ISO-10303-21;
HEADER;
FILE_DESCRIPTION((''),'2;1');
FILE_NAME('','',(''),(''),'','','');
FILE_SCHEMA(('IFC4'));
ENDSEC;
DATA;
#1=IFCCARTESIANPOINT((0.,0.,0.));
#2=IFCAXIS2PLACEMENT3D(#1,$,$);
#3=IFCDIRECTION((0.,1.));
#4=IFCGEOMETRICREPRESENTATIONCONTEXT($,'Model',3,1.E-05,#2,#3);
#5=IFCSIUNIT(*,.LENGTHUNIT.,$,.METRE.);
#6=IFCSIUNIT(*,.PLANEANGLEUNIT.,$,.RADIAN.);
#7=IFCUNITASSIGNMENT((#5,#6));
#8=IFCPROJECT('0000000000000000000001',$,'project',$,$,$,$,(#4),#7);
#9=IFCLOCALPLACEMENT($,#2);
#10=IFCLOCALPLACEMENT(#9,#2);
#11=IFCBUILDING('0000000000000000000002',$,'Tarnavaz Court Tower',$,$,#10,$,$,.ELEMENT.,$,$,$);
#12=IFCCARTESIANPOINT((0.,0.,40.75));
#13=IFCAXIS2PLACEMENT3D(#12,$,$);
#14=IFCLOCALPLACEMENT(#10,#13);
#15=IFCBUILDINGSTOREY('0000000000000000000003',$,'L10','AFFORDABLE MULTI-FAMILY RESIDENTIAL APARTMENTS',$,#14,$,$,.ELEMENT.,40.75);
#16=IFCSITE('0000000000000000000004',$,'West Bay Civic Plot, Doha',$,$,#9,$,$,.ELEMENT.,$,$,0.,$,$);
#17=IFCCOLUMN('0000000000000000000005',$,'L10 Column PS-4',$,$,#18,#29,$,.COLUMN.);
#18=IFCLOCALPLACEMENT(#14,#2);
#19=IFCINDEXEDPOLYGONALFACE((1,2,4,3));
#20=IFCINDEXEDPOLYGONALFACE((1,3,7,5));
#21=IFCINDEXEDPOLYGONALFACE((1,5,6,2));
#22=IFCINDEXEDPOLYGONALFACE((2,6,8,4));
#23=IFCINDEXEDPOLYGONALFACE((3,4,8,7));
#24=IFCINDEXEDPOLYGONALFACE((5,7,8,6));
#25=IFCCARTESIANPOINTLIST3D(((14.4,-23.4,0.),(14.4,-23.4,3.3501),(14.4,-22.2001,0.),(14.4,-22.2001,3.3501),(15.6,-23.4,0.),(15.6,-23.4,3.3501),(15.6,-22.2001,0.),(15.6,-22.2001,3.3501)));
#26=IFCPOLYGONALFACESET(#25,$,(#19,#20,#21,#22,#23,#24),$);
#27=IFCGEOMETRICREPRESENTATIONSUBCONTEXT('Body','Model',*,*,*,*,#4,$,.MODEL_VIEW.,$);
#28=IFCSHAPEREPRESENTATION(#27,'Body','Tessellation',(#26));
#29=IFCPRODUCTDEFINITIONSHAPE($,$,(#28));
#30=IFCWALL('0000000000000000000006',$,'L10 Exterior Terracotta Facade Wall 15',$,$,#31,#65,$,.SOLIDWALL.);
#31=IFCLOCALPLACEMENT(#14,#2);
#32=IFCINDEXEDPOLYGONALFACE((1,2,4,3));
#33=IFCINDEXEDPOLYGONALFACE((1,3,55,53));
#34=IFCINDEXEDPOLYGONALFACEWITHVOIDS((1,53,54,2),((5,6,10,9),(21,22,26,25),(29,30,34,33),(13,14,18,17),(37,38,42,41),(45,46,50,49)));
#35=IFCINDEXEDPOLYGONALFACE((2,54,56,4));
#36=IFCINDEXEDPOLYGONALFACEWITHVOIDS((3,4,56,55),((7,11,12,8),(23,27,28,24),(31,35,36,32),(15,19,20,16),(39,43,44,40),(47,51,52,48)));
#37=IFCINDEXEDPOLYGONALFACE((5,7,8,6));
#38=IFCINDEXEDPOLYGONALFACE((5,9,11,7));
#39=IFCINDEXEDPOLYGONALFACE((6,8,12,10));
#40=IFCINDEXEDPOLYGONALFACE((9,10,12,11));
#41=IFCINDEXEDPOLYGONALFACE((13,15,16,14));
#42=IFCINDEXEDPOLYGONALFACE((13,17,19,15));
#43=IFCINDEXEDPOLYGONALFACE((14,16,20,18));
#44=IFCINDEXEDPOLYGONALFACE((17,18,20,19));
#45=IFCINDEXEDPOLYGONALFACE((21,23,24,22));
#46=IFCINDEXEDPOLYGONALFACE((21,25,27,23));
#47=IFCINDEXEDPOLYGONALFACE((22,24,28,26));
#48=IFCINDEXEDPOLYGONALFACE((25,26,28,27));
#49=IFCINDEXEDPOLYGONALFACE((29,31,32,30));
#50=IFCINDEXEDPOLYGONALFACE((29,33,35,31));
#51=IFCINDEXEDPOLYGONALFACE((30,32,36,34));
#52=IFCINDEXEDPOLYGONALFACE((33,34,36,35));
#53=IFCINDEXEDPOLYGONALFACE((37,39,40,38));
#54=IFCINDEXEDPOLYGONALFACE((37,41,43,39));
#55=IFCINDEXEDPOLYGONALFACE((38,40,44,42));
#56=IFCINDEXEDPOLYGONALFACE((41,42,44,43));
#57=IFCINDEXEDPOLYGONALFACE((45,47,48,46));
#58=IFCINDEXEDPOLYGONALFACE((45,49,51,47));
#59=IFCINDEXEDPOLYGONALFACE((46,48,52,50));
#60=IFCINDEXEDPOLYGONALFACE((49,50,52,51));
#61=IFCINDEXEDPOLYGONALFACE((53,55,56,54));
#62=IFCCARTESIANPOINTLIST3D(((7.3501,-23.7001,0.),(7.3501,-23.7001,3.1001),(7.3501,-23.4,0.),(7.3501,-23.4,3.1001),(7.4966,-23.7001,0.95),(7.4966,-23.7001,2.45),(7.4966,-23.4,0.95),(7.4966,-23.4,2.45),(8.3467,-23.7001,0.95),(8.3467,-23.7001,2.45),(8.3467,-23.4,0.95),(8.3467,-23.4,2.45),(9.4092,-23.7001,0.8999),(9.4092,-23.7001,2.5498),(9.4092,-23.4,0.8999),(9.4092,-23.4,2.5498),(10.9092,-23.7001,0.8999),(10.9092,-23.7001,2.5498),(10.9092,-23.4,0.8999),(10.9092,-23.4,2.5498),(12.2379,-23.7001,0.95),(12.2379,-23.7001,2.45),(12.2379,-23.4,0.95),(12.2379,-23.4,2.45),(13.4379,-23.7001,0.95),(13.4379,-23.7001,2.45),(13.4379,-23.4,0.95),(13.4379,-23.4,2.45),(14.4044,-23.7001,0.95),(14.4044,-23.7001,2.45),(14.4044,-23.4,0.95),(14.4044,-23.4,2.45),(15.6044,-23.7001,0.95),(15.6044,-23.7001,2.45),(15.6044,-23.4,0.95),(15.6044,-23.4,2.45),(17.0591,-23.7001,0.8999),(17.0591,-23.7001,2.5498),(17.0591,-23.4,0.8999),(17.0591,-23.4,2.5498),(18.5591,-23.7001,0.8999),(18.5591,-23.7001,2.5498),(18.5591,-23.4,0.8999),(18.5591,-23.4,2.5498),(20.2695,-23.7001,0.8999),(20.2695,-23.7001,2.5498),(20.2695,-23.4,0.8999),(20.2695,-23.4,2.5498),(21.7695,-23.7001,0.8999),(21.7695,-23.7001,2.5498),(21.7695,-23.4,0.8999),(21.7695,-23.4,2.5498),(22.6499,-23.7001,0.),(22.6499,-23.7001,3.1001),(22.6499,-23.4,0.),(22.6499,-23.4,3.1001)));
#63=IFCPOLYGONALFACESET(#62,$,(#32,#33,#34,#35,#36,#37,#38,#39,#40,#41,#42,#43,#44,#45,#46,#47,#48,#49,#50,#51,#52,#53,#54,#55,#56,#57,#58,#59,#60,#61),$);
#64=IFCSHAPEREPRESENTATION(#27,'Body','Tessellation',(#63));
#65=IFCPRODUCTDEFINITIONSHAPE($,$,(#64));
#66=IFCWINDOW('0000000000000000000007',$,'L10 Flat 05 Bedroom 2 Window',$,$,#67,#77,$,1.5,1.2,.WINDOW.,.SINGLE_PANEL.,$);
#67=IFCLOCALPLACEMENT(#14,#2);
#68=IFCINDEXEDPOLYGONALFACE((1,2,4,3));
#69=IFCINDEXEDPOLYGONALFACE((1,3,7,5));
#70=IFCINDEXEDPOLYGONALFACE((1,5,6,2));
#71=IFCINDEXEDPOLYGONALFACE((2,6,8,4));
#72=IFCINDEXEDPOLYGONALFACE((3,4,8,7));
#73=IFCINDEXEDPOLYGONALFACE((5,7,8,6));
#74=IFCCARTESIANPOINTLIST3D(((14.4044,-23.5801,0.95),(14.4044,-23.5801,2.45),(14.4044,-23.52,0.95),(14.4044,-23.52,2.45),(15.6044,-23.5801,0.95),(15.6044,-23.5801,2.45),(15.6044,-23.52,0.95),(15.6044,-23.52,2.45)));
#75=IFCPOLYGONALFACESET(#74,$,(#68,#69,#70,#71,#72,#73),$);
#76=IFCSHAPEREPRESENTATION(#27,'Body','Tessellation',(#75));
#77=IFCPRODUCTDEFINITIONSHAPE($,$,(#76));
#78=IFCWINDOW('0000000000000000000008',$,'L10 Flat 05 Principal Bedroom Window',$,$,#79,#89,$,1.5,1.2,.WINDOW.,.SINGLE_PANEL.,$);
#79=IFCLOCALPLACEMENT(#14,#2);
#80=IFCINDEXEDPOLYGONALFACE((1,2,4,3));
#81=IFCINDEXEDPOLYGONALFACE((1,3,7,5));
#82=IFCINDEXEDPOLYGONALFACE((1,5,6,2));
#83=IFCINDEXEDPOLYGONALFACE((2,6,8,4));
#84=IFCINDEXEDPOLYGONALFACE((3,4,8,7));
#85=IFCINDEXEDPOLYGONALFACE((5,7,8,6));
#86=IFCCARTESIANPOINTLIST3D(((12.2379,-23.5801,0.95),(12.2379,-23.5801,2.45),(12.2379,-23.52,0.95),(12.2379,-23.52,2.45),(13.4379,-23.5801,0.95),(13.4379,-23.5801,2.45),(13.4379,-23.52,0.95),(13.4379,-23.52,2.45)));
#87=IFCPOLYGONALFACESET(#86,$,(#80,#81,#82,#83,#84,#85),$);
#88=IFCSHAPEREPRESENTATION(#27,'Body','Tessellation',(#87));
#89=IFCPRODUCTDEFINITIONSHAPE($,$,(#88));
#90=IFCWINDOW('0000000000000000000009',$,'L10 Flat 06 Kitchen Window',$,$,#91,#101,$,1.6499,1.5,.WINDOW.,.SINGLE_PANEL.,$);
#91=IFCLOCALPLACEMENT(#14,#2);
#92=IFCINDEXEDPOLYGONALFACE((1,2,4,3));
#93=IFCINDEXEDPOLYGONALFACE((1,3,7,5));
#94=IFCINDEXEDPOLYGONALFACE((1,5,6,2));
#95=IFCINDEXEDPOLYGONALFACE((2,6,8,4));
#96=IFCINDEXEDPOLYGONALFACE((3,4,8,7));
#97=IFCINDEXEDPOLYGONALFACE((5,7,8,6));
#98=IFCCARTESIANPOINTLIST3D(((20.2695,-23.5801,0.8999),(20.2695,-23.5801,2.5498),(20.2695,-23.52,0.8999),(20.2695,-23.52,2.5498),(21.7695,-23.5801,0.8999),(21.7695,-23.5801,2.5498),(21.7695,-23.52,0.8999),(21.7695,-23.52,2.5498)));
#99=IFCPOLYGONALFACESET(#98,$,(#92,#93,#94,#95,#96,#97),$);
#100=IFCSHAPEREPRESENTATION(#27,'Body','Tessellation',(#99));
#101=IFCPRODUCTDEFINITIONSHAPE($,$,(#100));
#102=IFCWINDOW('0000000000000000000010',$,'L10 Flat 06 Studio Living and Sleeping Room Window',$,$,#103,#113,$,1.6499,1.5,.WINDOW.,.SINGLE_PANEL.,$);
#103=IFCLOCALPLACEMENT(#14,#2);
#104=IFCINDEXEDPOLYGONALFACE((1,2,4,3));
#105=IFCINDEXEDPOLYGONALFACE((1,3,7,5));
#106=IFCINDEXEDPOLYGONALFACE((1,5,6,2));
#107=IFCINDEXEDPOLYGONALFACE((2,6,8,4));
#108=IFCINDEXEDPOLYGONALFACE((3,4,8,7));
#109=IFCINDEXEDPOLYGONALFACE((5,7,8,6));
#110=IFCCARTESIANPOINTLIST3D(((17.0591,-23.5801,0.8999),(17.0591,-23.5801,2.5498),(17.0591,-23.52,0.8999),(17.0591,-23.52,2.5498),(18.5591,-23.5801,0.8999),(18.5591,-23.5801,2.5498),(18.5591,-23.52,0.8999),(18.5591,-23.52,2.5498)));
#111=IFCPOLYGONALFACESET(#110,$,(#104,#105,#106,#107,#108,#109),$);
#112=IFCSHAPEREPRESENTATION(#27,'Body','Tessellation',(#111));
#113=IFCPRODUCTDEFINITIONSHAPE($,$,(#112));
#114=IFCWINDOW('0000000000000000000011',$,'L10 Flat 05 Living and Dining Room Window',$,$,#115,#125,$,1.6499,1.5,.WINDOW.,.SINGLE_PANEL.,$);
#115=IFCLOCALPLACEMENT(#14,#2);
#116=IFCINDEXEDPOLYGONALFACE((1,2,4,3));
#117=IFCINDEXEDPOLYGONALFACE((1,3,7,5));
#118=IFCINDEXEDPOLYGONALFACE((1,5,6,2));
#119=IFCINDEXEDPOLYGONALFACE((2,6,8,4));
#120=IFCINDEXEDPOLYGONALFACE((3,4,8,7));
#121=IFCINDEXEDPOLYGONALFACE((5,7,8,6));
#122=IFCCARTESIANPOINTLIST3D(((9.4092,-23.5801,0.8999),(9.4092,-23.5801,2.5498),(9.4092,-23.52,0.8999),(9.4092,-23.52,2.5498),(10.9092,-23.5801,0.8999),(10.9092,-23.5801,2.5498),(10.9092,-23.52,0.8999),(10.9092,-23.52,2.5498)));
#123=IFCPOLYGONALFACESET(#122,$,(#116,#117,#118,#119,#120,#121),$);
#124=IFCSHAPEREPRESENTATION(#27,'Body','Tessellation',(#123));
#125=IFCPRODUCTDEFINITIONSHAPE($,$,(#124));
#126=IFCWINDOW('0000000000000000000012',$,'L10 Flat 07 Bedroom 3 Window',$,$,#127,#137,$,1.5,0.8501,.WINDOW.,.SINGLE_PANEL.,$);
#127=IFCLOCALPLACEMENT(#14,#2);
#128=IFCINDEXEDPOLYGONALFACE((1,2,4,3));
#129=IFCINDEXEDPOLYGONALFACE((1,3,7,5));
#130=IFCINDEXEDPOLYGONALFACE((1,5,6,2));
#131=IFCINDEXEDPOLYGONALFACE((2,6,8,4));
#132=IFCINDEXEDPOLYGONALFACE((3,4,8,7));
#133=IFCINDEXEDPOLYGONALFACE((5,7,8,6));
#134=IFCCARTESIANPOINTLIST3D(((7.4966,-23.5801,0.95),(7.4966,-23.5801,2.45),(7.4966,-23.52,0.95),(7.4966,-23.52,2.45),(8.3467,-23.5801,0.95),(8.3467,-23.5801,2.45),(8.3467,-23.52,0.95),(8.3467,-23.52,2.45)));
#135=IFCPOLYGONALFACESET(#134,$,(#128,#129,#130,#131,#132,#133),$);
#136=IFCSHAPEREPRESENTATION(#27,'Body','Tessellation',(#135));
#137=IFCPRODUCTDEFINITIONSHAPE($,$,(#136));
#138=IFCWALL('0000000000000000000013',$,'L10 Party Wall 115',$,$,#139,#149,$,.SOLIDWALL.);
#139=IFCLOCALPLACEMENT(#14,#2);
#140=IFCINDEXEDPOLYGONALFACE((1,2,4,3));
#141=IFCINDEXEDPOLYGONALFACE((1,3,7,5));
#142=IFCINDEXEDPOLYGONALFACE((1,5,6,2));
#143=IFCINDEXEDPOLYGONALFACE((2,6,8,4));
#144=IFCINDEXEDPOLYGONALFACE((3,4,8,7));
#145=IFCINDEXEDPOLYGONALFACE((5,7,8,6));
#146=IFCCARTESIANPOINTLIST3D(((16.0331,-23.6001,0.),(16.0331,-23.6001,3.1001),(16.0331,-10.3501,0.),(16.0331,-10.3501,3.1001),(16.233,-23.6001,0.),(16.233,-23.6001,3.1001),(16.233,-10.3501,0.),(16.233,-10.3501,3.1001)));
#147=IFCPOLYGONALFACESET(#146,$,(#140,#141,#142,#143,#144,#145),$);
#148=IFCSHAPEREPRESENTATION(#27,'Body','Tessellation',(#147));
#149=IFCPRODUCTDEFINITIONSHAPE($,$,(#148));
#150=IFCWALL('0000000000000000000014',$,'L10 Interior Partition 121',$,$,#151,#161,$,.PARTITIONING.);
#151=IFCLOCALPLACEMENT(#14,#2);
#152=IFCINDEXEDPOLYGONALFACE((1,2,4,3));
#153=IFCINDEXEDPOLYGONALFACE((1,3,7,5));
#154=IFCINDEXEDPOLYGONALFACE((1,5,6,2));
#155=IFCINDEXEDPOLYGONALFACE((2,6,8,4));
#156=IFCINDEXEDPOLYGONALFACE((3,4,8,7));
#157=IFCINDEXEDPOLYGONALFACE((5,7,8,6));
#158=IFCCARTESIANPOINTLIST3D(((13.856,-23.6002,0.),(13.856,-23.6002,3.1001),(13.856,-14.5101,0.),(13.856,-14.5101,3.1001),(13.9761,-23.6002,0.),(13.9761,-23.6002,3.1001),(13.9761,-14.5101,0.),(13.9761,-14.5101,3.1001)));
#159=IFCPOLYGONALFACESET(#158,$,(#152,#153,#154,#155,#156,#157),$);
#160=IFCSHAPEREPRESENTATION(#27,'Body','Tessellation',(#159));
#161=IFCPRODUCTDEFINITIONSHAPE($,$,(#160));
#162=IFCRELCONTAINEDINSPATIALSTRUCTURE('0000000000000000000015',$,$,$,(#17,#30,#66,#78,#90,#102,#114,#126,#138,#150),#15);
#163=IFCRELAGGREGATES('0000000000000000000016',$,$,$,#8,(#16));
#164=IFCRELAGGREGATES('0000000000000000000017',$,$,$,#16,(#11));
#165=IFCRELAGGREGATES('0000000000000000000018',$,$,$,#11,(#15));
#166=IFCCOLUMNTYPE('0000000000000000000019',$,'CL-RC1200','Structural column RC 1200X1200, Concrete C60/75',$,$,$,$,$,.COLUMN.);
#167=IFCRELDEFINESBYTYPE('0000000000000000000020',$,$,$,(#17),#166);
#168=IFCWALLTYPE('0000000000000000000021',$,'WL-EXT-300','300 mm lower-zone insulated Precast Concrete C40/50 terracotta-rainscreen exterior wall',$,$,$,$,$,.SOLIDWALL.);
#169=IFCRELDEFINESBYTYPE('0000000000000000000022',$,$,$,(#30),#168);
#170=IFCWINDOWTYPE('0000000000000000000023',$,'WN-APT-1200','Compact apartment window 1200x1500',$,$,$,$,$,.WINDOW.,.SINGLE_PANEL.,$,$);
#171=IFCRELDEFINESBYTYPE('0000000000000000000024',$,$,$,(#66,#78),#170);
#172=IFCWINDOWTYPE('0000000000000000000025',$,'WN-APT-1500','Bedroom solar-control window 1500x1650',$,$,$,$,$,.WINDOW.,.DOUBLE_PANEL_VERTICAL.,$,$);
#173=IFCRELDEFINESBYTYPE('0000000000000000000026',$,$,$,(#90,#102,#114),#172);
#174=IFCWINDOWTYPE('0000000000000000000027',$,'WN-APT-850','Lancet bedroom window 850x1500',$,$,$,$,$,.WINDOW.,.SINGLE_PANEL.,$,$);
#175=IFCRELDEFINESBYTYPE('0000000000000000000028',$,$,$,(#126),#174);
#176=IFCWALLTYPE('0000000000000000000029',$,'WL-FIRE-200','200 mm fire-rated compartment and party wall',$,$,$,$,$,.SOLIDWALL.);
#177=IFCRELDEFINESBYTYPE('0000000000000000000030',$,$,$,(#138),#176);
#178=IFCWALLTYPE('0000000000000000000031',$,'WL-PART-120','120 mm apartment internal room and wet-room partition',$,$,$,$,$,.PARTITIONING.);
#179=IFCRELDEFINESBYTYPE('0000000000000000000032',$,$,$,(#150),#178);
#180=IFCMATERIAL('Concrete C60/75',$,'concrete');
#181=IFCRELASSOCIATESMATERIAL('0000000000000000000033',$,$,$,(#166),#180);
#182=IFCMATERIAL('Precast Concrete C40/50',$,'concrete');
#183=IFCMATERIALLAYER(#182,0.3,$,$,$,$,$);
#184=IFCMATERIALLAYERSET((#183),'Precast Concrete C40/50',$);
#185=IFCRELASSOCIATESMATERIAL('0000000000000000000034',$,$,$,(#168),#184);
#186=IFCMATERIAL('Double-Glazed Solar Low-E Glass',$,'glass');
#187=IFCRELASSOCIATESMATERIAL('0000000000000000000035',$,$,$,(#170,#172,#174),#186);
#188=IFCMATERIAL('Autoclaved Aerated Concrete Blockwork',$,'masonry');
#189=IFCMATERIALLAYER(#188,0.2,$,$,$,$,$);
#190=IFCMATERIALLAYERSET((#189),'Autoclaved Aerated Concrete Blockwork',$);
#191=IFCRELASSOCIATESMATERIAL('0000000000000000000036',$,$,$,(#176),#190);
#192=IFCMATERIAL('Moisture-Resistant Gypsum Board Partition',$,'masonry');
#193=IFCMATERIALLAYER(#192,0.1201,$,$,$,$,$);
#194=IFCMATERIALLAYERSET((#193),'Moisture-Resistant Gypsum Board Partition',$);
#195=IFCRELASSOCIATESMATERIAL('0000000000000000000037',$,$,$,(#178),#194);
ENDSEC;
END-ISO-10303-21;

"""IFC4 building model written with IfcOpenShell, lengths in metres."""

from ifc_helpers import new_model, si_unit, direction, frame, frame_2d, origin, origin_2d, place, context, subcontext, project, spatial, rectangle, extrude, material, layer, layer_set, material_profile, profile_set, type_object, element, fill, save


model = new_model("IFC4")

# Units and contexts
model_context = context("Model", 3, precision=1e-05, world=origin(), true_north=direction((0.0, 1.0)))
body_context = subcontext(model_context, "Body", "Model", "MODEL_VIEW")
ifc_project = project(units=[si_unit("LENGTHUNIT", "METRE"), si_unit("PLANEANGLEUNIT", "RADIAN")], contexts=[model_context])

# Site, building, storey
site_placement = place(None, origin())
site = spatial("IfcSite", under=ifc_project, at=site_placement, Name="West Bay Civic Plot, Doha", CompositionType="ELEMENT", RefElevation=0.0)
building_placement = place(site_placement, origin())
building = spatial("IfcBuilding", under=site, at=building_placement, Name="Tarnavaz Court Tower", CompositionType="ELEMENT")
storey_placement = place(building_placement, frame((0.0, 0.0, 40.75)))
storey = spatial("IfcBuildingStorey", under=building, at=storey_placement, Name="L10", Description="AFFORDABLE MULTI-FAMILY RESIDENTIAL APARTMENTS", CompositionType="ELEMENT", Elevation=40.75)

# Column
ifc_material_1 = material(Name="Concrete C60/75", Category="concrete")
ifc_material_profile_1 = material_profile(ifc_material_1, rectangle(XDim=1.2, YDim=1.2, at=origin_2d()), Name="RC 1200X1200")
ifc_profile_set_1 = profile_set([ifc_material_profile_1], Name="Concrete C60/75")
column_type = type_object("IfcColumnType", Name="CL-RC1200", Description="Structural column RC 1200X1200, Concrete C60/75", PredefinedType="COLUMN", material=ifc_profile_set_1)
column_placement = place(storey_placement, frame((15.0, -22.8, 0.0), z_axis=(0.0, 0.0, 1.0), x_axis=(1.0, 0.0, 0.0)))
element("IfcColumn", 1, at=column_placement, inside=storey, type_object=column_type, Name="L10 Column PS-4", PredefinedType="COLUMN", context=body_context, shape_type="SweptSolid", body=[
    extrude(rectangle(XDim=1.2, YDim=1.2, at=origin_2d()), origin(), (0.0, 0.0, 1.0), 3.3501),
])

# Wall, openings, windows
ifc_material_2 = material(Name="Precast Concrete C40/50", Category="concrete")
ifc_layer_1 = layer(ifc_material_2, 0.3)
ifc_layer_set_1 = layer_set([ifc_layer_1], Name="Precast Concrete C40/50")
wall_type_1 = type_object("IfcWallType", Name="WL-EXT-300", Description="300 mm lower-zone insulated Precast Concrete C40/50 terracotta-rainscreen exterior wall", PredefinedType="SOLIDWALL", material=ifc_layer_set_1)
wall_1_placement = place(storey_placement, frame((22.6499, -23.55, 0.0), z_axis=(0.0, 0.0, 1.0), x_axis=(-1.0, 0.0, 0.0)))
wall_1 = element("IfcWall", 2, at=wall_1_placement, inside=storey, type_object=wall_type_1, Name="L10 Exterior Terracotta Facade Wall 15", PredefinedType="SOLIDWALL", context=body_context, shape_type="SweptSolid", body=[
    extrude(rectangle(XDim=15.2998, YDim=0.3, at=frame_2d((7.6499, 0.0))), origin(), (0.0, 0.0, 1.0), 3.1001),
])
opening_1_placement = place(wall_1_placement, frame((0.8804, 0.0, 0.8999)))
opening_1 = element("IfcOpeningElement", 3, at=opening_1_placement, cuts=wall_1, PredefinedType="OPENING", context=body_context, shape_type="SweptSolid", body=[
    extrude(rectangle(XDim=1.5, YDim=1.6499, at=frame_2d((0.75, 0.825))), frame((0.0, 0.1599, 0.0), z_axis=(0.0, -1.0, 0.0), x_axis=(1.0, 0.0, 0.0)), (0.0, 0.0, 1.0), 0.3201),
])
opening_2_placement = place(wall_1_placement, frame((4.0908, 0.0, 0.8999)))
opening_2 = element("IfcOpeningElement", 4, at=opening_2_placement, cuts=wall_1, PredefinedType="OPENING", context=body_context, shape_type="SweptSolid", body=[
    extrude(rectangle(XDim=1.5, YDim=1.6499, at=frame_2d((0.75, 0.825))), frame((0.0, 0.1599, 0.0), z_axis=(0.0, -1.0, 0.0), x_axis=(1.0, 0.0, 0.0)), (0.0, 0.0, 1.0), 0.3201),
])
opening_3_placement = place(wall_1_placement, frame((7.0454, 0.0, 0.95)))
opening_3 = element("IfcOpeningElement", 5, at=opening_3_placement, cuts=wall_1, PredefinedType="OPENING", context=body_context, shape_type="SweptSolid", body=[
    extrude(rectangle(XDim=1.2, YDim=1.5, at=frame_2d((0.6001, 0.75))), frame((0.0, 0.1599, 0.0), z_axis=(0.0, -1.0, 0.0), x_axis=(1.0, 0.0, 0.0)), (0.0, 0.0, 1.0), 0.3201),
])
opening_4_placement = place(wall_1_placement, frame((9.2119, 0.0, 0.95)))
opening_4 = element("IfcOpeningElement", 6, at=opening_4_placement, cuts=wall_1, PredefinedType="OPENING", context=body_context, shape_type="SweptSolid", body=[
    extrude(rectangle(XDim=1.2, YDim=1.5, at=frame_2d((0.6001, 0.75))), frame((0.0, 0.1599, 0.0), z_axis=(0.0, -1.0, 0.0), x_axis=(1.0, 0.0, 0.0)), (0.0, 0.0, 1.0), 0.3201),
])
opening_5_placement = place(wall_1_placement, frame((11.7407, 0.0, 0.8999)))
opening_5 = element("IfcOpeningElement", 7, at=opening_5_placement, cuts=wall_1, PredefinedType="OPENING", context=body_context, shape_type="SweptSolid", body=[
    extrude(rectangle(XDim=1.5, YDim=1.6499, at=frame_2d((0.75, 0.825))), frame((0.0, 0.1599, 0.0), z_axis=(0.0, -1.0, 0.0), x_axis=(1.0, 0.0, 0.0)), (0.0, 0.0, 1.0), 0.3201),
])
opening_6_placement = place(wall_1_placement, frame((14.3032, 0.0, 0.95)))
opening_6 = element("IfcOpeningElement", 8, at=opening_6_placement, cuts=wall_1, PredefinedType="OPENING", context=body_context, shape_type="SweptSolid", body=[
    extrude(rectangle(XDim=0.8501, YDim=1.5, at=frame_2d((0.425, 0.75))), frame((0.0, 0.1599, 0.0), z_axis=(0.0, -1.0, 0.0), x_axis=(1.0, 0.0, 0.0)), (0.0, 0.0, 1.0), 0.3201),
])
ifc_material_3 = material(Name="Double-Glazed Solar Low-E Glass", Category="glass")
window_type_1 = type_object("IfcWindowType", Name="WN-APT-1200", Description="Compact apartment window 1200x1500", PartitioningType="SINGLE_PANEL", PredefinedType="WINDOW", material=ifc_material_3)
window_1_placement = place(opening_3_placement, origin())
window_1 = element("IfcWindow", 9, at=window_1_placement, inside=storey, type_object=window_type_1, Name="L10 Flat 05 Bedroom 2 Window", OverallHeight=1.5, OverallWidth=1.2, PartitioningType="SINGLE_PANEL", PredefinedType="WINDOW", context=body_context, shape_type="SweptSolid", body=[
    extrude(rectangle(XDim=1.2, YDim=1.5, at=frame_2d((0.6001, 0.75))), frame((0.0, 0.03, 0.0), z_axis=(0.0, -1.0, 0.0), x_axis=(1.0, 0.0, 0.0)), (0.0, 0.0, 1.0), 0.0601),
])
fill(opening_3, window_1)
window_2_placement = place(opening_4_placement, origin())
window_2 = element("IfcWindow", 10, at=window_2_placement, inside=storey, type_object=window_type_1, Name="L10 Flat 05 Principal Bedroom Window", OverallHeight=1.5, OverallWidth=1.2, PartitioningType="SINGLE_PANEL", PredefinedType="WINDOW", context=body_context, shape_type="SweptSolid", body=[
    extrude(rectangle(XDim=1.2, YDim=1.5, at=frame_2d((0.6001, 0.75))), frame((0.0, 0.03, 0.0), z_axis=(0.0, -1.0, 0.0), x_axis=(1.0, 0.0, 0.0)), (0.0, 0.0, 1.0), 0.0601),
])
fill(opening_4, window_2)
window_type_2 = type_object("IfcWindowType", Name="WN-APT-1500", Description="Bedroom solar-control window 1500x1650", PartitioningType="DOUBLE_PANEL_VERTICAL", PredefinedType="WINDOW", material=ifc_material_3)
window_3_placement = place(opening_1_placement, origin())
window_3 = element("IfcWindow", 11, at=window_3_placement, inside=storey, type_object=window_type_2, Name="L10 Flat 06 Kitchen Window", OverallHeight=1.6499, OverallWidth=1.5, PartitioningType="SINGLE_PANEL", PredefinedType="WINDOW", context=body_context, shape_type="SweptSolid", body=[
    extrude(rectangle(XDim=1.5, YDim=1.6499, at=frame_2d((0.75, 0.825))), frame((0.0, 0.03, 0.0), z_axis=(0.0, -1.0, 0.0), x_axis=(1.0, 0.0, 0.0)), (0.0, 0.0, 1.0), 0.0601),
])
fill(opening_1, window_3)
window_4_placement = place(opening_2_placement, origin())
window_4 = element("IfcWindow", 12, at=window_4_placement, inside=storey, type_object=window_type_2, Name="L10 Flat 06 Studio Living and Sleeping Room Window", OverallHeight=1.6499, OverallWidth=1.5, PartitioningType="SINGLE_PANEL", PredefinedType="WINDOW", context=body_context, shape_type="SweptSolid", body=[
    extrude(rectangle(XDim=1.5, YDim=1.6499, at=frame_2d((0.75, 0.825))), frame((0.0, 0.03, 0.0), z_axis=(0.0, -1.0, 0.0), x_axis=(1.0, 0.0, 0.0)), (0.0, 0.0, 1.0), 0.0601),
])
fill(opening_2, window_4)
window_5_placement = place(opening_5_placement, origin())
window_5 = element("IfcWindow", 13, at=window_5_placement, inside=storey, type_object=window_type_2, Name="L10 Flat 05 Living and Dining Room Window", OverallHeight=1.6499, OverallWidth=1.5, PartitioningType="SINGLE_PANEL", PredefinedType="WINDOW", context=body_context, shape_type="SweptSolid", body=[
    extrude(rectangle(XDim=1.5, YDim=1.6499, at=frame_2d((0.75, 0.825))), frame((0.0, 0.03, 0.0), z_axis=(0.0, -1.0, 0.0), x_axis=(1.0, 0.0, 0.0)), (0.0, 0.0, 1.0), 0.0601),
])
fill(opening_5, window_5)
window_type_3 = type_object("IfcWindowType", Name="WN-APT-850", Description="Lancet bedroom window 850x1500", PartitioningType="SINGLE_PANEL", PredefinedType="WINDOW", material=ifc_material_3)
window_6_placement = place(opening_6_placement, origin())
window_6 = element("IfcWindow", 14, at=window_6_placement, inside=storey, type_object=window_type_3, Name="L10 Flat 07 Bedroom 3 Window", OverallHeight=1.5, OverallWidth=0.8501, PartitioningType="SINGLE_PANEL", PredefinedType="WINDOW", context=body_context, shape_type="SweptSolid", body=[
    extrude(rectangle(XDim=0.8501, YDim=1.5, at=frame_2d((0.425, 0.75))), frame((0.0, 0.03, 0.0), z_axis=(0.0, -1.0, 0.0), x_axis=(1.0, 0.0, 0.0)), (0.0, 0.0, 1.0), 0.0601),
])
fill(opening_6, window_6)

# Walls
ifc_material_4 = material(Name="Autoclaved Aerated Concrete Blockwork", Category="masonry")
ifc_layer_2 = layer(ifc_material_4, 0.2)
ifc_layer_set_2 = layer_set([ifc_layer_2], Name="Autoclaved Aerated Concrete Blockwork")
wall_type_2 = type_object("IfcWallType", Name="WL-FIRE-200", Description="200 mm fire-rated compartment and party wall", PredefinedType="SOLIDWALL", material=ifc_layer_set_2)
wall_2_placement = place(storey_placement, frame((16.1331, -23.6001, 0.0), z_axis=(0.0, 0.0, 1.0), x_axis=(0.0, 1.0, 0.0)))
element("IfcWall", 15, at=wall_2_placement, inside=storey, type_object=wall_type_2, Name="L10 Party Wall 115", PredefinedType="SOLIDWALL", context=body_context, shape_type="SweptSolid", body=[
    extrude(rectangle(XDim=13.25, YDim=0.2, at=frame_2d((6.625, 0.0))), origin(), (0.0, 0.0, 1.0), 3.1001),
])
ifc_material_5 = material(Name="Moisture-Resistant Gypsum Board Partition", Category="masonry")
ifc_layer_3 = layer(ifc_material_5, 0.1201)
ifc_layer_set_3 = layer_set([ifc_layer_3], Name="Moisture-Resistant Gypsum Board Partition")
wall_type_3 = type_object("IfcWallType", Name="WL-PART-120", Description="120 mm apartment internal room and wet-room partition", PredefinedType="PARTITIONING", material=ifc_layer_set_3)
wall_3_placement = place(storey_placement, frame((13.916, -23.6001, 0.0), z_axis=(0.0, 0.0, 1.0), x_axis=(0.0, 1.0, 0.0)))
element("IfcWall", 16, at=wall_3_placement, inside=storey, type_object=wall_type_3, Name="L10 Interior Partition 121", PredefinedType="PARTITIONING", context=body_context, shape_type="SweptSolid", body=[
    extrude(rectangle(XDim=9.0901, YDim=0.1201, at=frame_2d((4.5449, 0.0))), origin(), (0.0, 0.0, 1.0), 3.1001),
])

save(model, "model.ifc")
